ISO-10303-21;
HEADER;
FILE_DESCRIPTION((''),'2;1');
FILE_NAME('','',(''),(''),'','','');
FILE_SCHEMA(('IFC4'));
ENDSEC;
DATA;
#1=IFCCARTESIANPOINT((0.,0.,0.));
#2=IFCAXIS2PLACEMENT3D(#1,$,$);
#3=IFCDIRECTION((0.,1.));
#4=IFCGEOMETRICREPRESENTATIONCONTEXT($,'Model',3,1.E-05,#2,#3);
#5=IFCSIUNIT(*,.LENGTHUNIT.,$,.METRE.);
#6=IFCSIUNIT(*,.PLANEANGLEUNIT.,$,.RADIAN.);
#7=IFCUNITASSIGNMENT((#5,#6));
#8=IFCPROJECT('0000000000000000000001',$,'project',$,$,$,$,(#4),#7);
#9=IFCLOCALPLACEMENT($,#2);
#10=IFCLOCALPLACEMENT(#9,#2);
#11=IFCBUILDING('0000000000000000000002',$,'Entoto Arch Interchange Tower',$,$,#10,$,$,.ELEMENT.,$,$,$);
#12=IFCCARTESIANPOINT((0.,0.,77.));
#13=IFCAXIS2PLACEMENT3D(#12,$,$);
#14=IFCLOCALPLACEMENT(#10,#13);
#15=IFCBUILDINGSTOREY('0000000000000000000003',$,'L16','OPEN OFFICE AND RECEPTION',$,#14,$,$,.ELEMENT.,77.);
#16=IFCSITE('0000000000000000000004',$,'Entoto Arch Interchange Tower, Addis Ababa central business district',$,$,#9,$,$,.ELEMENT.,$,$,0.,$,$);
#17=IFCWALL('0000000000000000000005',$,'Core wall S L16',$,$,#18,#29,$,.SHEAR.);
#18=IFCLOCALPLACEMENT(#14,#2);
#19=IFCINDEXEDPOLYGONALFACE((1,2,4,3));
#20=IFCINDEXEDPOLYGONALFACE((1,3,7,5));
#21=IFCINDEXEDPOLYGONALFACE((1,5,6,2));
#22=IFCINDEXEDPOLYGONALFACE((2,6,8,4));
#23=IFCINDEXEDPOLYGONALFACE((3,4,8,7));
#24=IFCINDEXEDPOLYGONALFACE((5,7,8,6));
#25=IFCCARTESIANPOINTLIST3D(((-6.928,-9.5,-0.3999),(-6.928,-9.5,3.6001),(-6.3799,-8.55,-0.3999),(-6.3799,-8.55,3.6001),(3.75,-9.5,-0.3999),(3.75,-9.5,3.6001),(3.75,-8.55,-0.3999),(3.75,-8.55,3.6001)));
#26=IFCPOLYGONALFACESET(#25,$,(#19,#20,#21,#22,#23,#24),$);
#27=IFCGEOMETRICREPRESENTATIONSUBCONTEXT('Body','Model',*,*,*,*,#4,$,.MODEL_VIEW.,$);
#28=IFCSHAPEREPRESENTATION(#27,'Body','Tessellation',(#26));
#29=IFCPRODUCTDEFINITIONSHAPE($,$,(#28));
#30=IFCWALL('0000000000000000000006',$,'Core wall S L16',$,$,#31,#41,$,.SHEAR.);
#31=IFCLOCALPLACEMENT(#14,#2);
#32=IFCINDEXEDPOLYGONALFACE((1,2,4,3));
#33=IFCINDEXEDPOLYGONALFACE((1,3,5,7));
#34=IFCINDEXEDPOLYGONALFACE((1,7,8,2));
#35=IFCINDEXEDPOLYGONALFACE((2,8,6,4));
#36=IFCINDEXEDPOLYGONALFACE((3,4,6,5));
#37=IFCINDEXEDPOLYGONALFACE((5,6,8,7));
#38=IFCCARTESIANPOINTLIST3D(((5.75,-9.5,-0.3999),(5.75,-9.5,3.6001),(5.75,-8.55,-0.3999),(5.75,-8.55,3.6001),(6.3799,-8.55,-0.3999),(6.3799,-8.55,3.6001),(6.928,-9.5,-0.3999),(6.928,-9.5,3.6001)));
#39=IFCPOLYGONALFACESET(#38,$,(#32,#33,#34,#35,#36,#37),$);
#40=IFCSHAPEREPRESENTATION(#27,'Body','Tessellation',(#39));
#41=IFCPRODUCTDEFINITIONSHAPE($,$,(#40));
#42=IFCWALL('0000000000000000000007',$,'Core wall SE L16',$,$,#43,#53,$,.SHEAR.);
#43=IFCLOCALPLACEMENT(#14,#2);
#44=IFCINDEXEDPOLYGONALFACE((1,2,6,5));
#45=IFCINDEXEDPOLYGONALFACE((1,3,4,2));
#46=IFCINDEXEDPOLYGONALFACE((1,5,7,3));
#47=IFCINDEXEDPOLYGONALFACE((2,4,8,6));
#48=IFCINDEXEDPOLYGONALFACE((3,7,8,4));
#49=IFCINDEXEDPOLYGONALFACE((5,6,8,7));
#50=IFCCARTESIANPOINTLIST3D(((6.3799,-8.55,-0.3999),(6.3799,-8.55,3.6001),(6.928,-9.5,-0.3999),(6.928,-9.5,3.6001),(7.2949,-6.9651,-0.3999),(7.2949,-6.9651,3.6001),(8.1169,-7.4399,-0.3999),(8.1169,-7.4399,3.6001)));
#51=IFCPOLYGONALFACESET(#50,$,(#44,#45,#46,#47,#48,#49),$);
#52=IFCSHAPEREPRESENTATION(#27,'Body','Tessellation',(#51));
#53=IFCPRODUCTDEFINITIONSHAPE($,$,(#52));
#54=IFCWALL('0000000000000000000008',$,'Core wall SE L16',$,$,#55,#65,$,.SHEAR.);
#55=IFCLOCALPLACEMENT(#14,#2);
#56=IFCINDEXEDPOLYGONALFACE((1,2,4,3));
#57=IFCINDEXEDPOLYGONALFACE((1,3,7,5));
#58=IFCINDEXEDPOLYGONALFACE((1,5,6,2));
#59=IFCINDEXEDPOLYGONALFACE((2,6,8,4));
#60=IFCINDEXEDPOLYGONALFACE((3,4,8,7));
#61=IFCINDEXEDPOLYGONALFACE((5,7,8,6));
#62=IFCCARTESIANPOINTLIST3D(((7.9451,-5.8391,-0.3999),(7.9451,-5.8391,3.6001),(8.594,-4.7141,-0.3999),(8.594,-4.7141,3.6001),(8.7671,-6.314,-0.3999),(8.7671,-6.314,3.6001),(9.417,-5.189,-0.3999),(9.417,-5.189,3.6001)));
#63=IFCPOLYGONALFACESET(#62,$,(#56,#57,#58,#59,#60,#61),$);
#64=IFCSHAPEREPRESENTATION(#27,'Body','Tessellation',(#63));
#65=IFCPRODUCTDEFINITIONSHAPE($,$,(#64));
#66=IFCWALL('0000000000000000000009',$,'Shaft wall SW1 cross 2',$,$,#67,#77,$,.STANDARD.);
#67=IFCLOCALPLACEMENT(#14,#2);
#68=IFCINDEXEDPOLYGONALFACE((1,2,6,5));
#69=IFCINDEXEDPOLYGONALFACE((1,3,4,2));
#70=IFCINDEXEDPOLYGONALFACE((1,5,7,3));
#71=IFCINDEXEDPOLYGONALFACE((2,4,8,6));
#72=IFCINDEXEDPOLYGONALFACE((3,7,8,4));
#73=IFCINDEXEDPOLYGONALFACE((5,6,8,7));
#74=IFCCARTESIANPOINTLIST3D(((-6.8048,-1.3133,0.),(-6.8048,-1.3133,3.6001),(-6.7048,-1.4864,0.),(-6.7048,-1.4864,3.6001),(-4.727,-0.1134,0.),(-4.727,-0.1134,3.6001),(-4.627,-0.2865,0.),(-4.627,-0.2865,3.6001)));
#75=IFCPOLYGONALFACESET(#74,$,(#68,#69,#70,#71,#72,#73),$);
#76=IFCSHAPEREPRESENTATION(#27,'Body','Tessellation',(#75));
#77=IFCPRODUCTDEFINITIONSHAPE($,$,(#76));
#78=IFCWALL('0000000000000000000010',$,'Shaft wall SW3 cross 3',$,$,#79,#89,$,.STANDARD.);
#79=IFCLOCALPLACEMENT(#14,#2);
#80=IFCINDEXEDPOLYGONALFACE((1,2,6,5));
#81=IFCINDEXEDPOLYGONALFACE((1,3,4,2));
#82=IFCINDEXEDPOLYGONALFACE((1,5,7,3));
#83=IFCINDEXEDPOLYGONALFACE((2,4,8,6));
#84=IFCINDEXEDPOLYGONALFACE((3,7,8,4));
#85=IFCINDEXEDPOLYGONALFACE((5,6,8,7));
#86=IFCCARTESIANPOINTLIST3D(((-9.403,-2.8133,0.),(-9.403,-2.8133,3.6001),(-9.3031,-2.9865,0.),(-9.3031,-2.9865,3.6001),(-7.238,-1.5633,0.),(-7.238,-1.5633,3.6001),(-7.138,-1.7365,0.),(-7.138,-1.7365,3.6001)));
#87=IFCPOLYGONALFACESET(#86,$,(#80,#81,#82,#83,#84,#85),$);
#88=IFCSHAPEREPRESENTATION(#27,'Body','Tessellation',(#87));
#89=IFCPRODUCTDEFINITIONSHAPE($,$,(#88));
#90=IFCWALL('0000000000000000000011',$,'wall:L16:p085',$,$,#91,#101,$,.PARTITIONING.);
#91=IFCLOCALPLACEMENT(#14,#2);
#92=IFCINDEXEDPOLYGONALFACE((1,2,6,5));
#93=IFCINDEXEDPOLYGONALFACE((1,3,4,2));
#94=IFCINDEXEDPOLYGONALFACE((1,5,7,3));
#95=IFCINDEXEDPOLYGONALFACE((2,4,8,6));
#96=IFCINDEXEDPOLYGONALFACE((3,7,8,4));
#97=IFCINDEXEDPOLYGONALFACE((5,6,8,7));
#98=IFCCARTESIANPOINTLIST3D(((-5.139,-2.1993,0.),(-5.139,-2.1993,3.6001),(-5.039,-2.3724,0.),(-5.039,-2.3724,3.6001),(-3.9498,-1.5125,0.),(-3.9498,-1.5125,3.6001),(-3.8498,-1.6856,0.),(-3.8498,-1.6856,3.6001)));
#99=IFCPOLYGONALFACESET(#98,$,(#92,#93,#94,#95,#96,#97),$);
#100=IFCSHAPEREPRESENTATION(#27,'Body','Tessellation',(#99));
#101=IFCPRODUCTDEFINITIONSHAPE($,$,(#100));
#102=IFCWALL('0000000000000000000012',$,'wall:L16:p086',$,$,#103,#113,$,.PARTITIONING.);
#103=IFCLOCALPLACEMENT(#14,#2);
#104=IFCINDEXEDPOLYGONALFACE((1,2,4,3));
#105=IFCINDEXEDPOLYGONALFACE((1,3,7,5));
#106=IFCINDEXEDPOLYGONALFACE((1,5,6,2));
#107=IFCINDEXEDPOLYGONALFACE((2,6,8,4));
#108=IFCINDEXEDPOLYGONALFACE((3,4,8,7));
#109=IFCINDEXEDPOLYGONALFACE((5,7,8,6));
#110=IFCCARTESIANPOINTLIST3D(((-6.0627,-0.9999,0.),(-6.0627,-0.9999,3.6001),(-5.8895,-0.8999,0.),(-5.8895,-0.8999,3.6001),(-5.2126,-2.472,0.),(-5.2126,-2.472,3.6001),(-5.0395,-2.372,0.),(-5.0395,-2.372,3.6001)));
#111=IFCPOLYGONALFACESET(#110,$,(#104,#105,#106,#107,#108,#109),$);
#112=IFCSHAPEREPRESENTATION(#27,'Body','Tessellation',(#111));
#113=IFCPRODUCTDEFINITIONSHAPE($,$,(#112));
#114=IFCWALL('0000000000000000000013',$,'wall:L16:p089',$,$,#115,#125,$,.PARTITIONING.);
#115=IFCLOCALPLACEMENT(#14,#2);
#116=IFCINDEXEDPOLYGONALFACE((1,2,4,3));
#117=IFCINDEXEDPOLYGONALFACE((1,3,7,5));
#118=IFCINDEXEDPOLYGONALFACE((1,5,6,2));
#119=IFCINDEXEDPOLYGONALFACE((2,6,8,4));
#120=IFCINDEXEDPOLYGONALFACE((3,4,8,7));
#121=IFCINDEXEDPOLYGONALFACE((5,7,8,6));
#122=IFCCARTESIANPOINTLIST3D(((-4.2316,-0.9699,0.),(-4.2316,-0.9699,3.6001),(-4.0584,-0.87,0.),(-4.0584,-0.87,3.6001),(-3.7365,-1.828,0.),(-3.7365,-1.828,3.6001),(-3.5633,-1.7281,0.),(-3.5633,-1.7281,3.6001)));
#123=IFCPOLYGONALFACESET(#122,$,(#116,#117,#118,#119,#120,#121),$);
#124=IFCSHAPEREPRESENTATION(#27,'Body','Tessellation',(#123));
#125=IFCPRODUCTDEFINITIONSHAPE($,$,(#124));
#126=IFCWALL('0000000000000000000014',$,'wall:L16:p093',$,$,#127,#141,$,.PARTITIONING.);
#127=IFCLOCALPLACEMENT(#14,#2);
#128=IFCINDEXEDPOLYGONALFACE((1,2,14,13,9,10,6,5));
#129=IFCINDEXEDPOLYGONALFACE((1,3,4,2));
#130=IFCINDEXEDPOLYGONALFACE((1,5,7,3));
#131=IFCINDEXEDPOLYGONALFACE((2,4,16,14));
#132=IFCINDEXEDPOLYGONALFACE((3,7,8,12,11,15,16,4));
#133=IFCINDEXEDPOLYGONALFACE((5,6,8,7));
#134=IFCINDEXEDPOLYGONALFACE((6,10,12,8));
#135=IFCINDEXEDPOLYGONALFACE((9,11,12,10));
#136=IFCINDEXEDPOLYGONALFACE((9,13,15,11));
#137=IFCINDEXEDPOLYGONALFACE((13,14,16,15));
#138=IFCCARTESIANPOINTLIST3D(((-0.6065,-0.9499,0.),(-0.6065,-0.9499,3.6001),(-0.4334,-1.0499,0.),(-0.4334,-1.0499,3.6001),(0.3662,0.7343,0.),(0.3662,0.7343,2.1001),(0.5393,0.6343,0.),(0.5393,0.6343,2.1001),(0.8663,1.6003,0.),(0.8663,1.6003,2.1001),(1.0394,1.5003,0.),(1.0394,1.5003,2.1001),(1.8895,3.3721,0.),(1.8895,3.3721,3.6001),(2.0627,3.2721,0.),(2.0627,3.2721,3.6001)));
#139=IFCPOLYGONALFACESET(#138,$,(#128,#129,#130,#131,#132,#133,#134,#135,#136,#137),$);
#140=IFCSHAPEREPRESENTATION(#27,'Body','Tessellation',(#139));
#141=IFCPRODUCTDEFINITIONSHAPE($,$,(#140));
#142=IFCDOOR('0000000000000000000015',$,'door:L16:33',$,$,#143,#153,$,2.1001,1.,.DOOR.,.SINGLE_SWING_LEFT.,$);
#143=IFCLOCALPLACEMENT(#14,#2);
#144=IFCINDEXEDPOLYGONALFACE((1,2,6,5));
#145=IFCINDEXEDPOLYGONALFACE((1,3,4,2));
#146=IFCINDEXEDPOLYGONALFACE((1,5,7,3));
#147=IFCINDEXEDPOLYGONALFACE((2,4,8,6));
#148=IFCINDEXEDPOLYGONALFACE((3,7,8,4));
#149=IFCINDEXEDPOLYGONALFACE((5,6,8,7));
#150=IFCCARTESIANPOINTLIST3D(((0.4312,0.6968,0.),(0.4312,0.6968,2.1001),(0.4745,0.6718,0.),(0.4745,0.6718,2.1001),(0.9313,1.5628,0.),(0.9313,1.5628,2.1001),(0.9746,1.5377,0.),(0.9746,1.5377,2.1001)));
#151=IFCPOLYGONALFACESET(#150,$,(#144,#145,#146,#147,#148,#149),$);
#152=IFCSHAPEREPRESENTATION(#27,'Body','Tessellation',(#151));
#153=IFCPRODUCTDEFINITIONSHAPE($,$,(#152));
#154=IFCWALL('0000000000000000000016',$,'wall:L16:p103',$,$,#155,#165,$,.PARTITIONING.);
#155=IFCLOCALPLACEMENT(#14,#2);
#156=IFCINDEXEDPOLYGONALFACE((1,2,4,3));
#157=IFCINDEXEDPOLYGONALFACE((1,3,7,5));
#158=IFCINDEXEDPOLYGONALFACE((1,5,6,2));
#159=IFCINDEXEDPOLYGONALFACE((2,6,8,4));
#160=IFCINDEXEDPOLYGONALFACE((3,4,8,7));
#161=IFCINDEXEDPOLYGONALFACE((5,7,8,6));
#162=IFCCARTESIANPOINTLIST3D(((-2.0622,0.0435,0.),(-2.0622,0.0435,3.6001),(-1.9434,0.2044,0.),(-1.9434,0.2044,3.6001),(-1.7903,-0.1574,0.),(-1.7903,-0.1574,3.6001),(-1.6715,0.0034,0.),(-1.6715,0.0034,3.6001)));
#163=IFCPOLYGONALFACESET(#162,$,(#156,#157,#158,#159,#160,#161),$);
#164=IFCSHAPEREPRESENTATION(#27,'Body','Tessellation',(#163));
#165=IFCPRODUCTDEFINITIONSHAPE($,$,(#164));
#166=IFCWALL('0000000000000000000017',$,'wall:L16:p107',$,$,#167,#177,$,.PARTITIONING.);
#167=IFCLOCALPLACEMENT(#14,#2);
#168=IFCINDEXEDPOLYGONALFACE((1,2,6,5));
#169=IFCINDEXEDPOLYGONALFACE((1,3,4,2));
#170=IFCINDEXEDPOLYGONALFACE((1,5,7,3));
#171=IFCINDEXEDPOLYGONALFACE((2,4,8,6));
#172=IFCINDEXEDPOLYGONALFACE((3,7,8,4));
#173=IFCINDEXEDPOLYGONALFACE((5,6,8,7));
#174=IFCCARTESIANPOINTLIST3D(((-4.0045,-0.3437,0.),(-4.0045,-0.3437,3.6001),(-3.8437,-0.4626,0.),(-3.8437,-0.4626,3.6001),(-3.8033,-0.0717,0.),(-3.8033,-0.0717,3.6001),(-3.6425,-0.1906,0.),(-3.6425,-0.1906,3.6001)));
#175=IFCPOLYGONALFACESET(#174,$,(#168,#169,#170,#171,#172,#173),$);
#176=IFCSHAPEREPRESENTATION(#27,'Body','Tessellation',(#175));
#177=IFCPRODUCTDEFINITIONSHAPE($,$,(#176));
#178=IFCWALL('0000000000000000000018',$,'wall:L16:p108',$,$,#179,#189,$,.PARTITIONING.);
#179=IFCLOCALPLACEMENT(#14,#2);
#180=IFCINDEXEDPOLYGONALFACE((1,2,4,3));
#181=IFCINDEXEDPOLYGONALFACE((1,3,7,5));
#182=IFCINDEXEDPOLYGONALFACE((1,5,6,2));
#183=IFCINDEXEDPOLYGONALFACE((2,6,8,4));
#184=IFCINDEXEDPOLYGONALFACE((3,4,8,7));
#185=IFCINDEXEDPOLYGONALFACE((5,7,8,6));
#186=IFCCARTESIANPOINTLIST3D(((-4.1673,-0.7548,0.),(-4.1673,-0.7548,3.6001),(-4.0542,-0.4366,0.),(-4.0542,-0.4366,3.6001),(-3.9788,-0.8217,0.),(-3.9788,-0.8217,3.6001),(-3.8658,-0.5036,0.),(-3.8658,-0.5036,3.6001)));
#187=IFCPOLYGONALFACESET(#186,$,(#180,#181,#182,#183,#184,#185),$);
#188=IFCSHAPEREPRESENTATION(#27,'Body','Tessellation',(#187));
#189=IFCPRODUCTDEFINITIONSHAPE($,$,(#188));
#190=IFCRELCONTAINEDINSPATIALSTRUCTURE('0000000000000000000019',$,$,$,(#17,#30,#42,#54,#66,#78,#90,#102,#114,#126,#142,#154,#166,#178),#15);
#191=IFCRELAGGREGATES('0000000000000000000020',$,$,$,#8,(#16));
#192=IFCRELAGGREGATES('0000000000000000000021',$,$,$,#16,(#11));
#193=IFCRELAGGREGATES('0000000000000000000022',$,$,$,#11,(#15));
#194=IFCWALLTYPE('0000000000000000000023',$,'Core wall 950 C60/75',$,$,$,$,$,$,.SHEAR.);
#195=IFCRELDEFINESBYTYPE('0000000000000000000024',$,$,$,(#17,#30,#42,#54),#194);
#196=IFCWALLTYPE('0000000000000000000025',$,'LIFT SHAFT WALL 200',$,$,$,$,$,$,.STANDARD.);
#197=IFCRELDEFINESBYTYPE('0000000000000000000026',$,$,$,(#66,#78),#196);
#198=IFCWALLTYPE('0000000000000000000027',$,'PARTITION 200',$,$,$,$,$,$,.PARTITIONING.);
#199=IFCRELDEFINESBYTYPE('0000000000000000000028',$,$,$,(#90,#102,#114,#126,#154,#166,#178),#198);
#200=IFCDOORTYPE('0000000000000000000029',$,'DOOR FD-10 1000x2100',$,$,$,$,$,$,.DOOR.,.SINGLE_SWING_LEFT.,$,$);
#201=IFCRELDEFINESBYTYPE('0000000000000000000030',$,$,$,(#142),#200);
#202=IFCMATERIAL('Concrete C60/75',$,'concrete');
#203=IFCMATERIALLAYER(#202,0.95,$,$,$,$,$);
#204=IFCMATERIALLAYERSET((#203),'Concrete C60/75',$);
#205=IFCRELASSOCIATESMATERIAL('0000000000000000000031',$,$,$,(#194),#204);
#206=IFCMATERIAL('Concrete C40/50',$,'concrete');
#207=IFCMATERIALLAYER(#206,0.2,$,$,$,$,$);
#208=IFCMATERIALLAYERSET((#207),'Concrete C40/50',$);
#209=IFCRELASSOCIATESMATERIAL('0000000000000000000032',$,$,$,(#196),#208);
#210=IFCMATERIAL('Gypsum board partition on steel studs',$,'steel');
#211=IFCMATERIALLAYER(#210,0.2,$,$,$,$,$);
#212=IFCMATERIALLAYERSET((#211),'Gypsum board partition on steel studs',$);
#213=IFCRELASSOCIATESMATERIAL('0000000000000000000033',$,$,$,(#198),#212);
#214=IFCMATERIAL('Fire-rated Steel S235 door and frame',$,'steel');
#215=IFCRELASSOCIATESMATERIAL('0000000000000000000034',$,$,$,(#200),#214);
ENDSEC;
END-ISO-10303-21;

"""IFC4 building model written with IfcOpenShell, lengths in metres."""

from ifc_helpers import new_model, si_unit, direction, frame, frame_2d, origin, place, context, subcontext, project, spatial, polyline, rectangle, outline, extrude, material, layer, layer_set, type_object, element, fill, save


model = new_model("IFC4")

# Units and contexts
model_context = context("Model", 3, precision=1e-05, world=origin(), true_north=direction((0.0, 1.0)))
body_context = subcontext(model_context, "Body", "Model", "MODEL_VIEW")
ifc_project = project(units=[si_unit("LENGTHUNIT", "METRE"), si_unit("PLANEANGLEUNIT", "RADIAN")], contexts=[model_context])

# Site, building, storey
site_placement = place(None, origin())
site = spatial("IfcSite", under=ifc_project, at=site_placement, Name="Entoto Arch Interchange Tower, Addis Ababa central business district", CompositionType="ELEMENT", RefElevation=0.0)
building_placement = place(site_placement, origin())
building = spatial("IfcBuilding", under=site, at=building_placement, Name="Entoto Arch Interchange Tower", CompositionType="ELEMENT")
storey_placement = place(building_placement, frame((0.0, 0.0, 77.0)))
storey = spatial("IfcBuildingStorey", under=building, at=storey_placement, Name="L16", Description="OPEN OFFICE AND RECEPTION", CompositionType="ELEMENT", Elevation=77.0)

# Shared definitions
ifc_material_1 = material(Name="Concrete C40/50", Category="concrete")

# Walls
ifc_material_2 = material(Name="Concrete C60/75", Category="concrete")
ifc_layer_1 = layer(ifc_material_2, 0.95)
ifc_layer_set_1 = layer_set([ifc_layer_1], Name="Concrete C60/75")
wall_type_1 = type_object("IfcWallType", Name="Core wall 950 C60/75", PredefinedType="SHEAR", material=ifc_layer_set_1)
wall_1_placement = place(storey_placement, frame((0.0, 0.0, -0.3999)))
element("IfcWall", 1, at=wall_1_placement, inside=storey, type_object=wall_type_1, Name="Core wall S L16", PredefinedType="SHEAR", context=body_context, shape_type="SweptSolid", body=[
    extrude(outline(polyline([(3.75, -9.5), (3.75, -8.55), (-6.3799, -8.55), (-6.928, -9.5), (3.75, -9.5)])), origin(), (0.0, 0.0, 1.0), 4.0),
])
wall_2_placement = place(storey_placement, frame((0.0, 0.0, -0.3999)))
element("IfcWall", 2, at=wall_2_placement, inside=storey, type_object=wall_type_1, Name="Core wall S L16", PredefinedType="SHEAR", context=body_context, shape_type="SweptSolid", body=[
    extrude(outline(polyline([(5.75, -8.55), (5.75, -9.5), (6.928, -9.5), (6.3799, -8.55), (5.75, -8.55)])), origin(), (0.0, 0.0, 1.0), 4.0),
])
wall_3_placement = place(storey_placement, frame((0.0, 0.0, -0.3999)))
element("IfcWall", 3, at=wall_3_placement, inside=storey, type_object=wall_type_1, Name="Core wall SE L16", PredefinedType="SHEAR", context=body_context, shape_type="SweptSolid", body=[
    extrude(outline(polyline([(8.1169, -7.4399), (7.2949, -6.9651), (6.3799, -8.55), (6.928, -9.5), (8.1169, -7.4399)])), origin(), (0.0, 0.0, 1.0), 4.0),
])
wall_4_placement = place(storey_placement, frame((0.0, 0.0, -0.3999)))
element("IfcWall", 4, at=wall_4_placement, inside=storey, type_object=wall_type_1, Name="Core wall SE L16", PredefinedType="SHEAR", context=body_context, shape_type="SweptSolid", body=[
    extrude(outline(polyline([(9.417, -5.189), (8.594, -4.7141), (7.9451, -5.8391), (8.7671, -6.314), (9.417, -5.189)])), origin(), (0.0, 0.0, 1.0), 4.0),
])
ifc_layer_2 = layer(ifc_material_1, 0.2)
ifc_layer_set_2 = layer_set([ifc_layer_2], Name="Concrete C40/50")
wall_type_2 = type_object("IfcWallType", Name="LIFT SHAFT WALL 200", PredefinedType="STANDARD", material=ifc_layer_set_2)
wall_5_placement = place(storey_placement, frame((-4.677, -0.2, 0.0), z_axis=(0.0, 0.0, 1.0), x_axis=(-0.865974, -0.500089, 0.0)))
element("IfcWall", 5, at=wall_5_placement, inside=storey, type_object=wall_type_2, Name="Shaft wall SW1 cross 2", PredefinedType="STANDARD", context=body_context, shape_type="SweptSolid", body=[
    extrude(rectangle(XDim=2.3994, YDim=0.2, at=frame_2d((1.1997, 0.0))), origin(), (0.0, 0.0, 1.0), 3.6001),
])
wall_6_placement = place(storey_placement, frame((-7.188, -1.6499, 0.0), z_axis=(0.0, 0.0, 1.0), x_axis=(-0.866023, -0.500004, 0.0)))
element("IfcWall", 6, at=wall_6_placement, inside=storey, type_object=wall_type_2, Name="Shaft wall SW3 cross 3", PredefinedType="STANDARD", context=body_context, shape_type="SweptSolid", body=[
    extrude(rectangle(XDim=2.5, YDim=0.2, at=frame_2d((1.25, 0.0))), origin(), (0.0, 0.0, 1.0), 3.6001),
])
ifc_material_3 = material(Name="Gypsum board partition on steel studs", Category="steel")
ifc_layer_3 = layer(ifc_material_3, 0.2)
ifc_layer_set_3 = layer_set([ifc_layer_3], Name="Gypsum board partition on steel studs")
wall_type_3 = type_object("IfcWallType", Name="PARTITION 200", PredefinedType="PARTITIONING", material=ifc_layer_set_3)
wall_7_placement = place(storey_placement, frame((-3.8999, -1.5991, 0.0), z_axis=(0.0, 0.0, 1.0), x_axis=(-0.865969, -0.500097, 0.0)))
element("IfcWall", 7, at=wall_7_placement, inside=storey, type_object=wall_type_3, Name="wall:L16:p085", PredefinedType="PARTITIONING", context=body_context, shape_type="SweptSolid", body=[
    extrude(rectangle(XDim=1.3733, YDim=0.2, at=frame_2d((0.6865, 0.0))), origin(), (0.0, 0.0, 1.0), 3.6001),
])
wall_8_placement = place(storey_placement, frame((-5.126, -2.4221, 0.0), z_axis=(0.0, 0.0, 1.0), x_axis=(-0.500062, 0.865989, 0.0)))
element("IfcWall", 8, at=wall_8_placement, inside=storey, type_object=wall_type_3, Name="wall:L16:p086", PredefinedType="PARTITIONING", context=body_context, shape_type="SweptSolid", body=[
    extrude(rectangle(XDim=1.7, YDim=0.2, at=frame_2d((0.8501, 0.0))), origin(), (0.0, 0.0, 1.0), 3.6001),
])
wall_9_placement = place(storey_placement, frame((-4.145, -0.9199, 0.0), z_axis=(0.0, 0.0, 1.0), x_axis=(0.499744, -0.866173, 0.0)))
element("IfcWall", 9, at=wall_9_placement, inside=storey, type_object=wall_type_3, Name="wall:L16:p089", PredefinedType="PARTITIONING", context=body_context, shape_type="SweptSolid", body=[
    extrude(rectangle(XDim=0.9907, YDim=0.2, at=frame_2d((0.4954, 0.0))), origin(), (0.0, 0.0, 1.0), 3.6001),
])

# Wall, opening, door
wall_10_placement = place(storey_placement, frame((-0.52, -1.0, 0.0), z_axis=(0.0, 0.0, 1.0), x_axis=(0.500116, 0.865958, 0.0)))
wall_10 = element("IfcWall", 10, at=wall_10_placement, inside=storey, type_object=wall_type_3, Name="wall:L16:p093", PredefinedType="PARTITIONING", context=body_context, shape_type="SweptSolid", body=[
    extrude(rectangle(XDim=4.991, YDim=0.2, at=frame_2d((2.4956, 0.0))), origin(), (0.0, 0.0, 1.0), 3.6001),
])
opening_1_placement = place(wall_10_placement, frame((1.9451, 0.0, 0.0)))
opening_1 = element("IfcOpeningElement", 11, at=opening_1_placement, cuts=wall_10, PredefinedType="OPENING", context=body_context, shape_type="SweptSolid", body=[
    extrude(rectangle(XDim=1.0, YDim=2.1001, at=frame_2d((0.5, 1.05))), frame((0.0, 0.1099, 0.0), z_axis=(0.0, -1.0, 0.0), x_axis=(1.0, 0.0, 0.0)), (0.0, 0.0, 1.0), 0.22),
])
ifc_material_4 = material(Name="Fire-rated Steel S235 door and frame", Category="steel")
door_type_1 = type_object("IfcDoorType", Name="DOOR FD-10 1000x2100", OperationType="SINGLE_SWING_LEFT", PredefinedType="DOOR", material=ifc_material_4)
door_1_placement = place(opening_1_placement, origin())
door_1 = element("IfcDoor", 12, at=door_1_placement, inside=storey, type_object=door_type_1, Name="door:L16:33", OperationType="SINGLE_SWING_LEFT", OverallHeight=2.1001, OverallWidth=1.0, PredefinedType="DOOR", context=body_context, shape_type="SweptSolid", body=[
    extrude(rectangle(XDim=1.0, YDim=2.1001, at=frame_2d((0.5, 1.05))), frame((0.0, 0.0249, 0.0), z_axis=(0.0, -1.0, 0.0), x_axis=(1.0, 0.0, 0.0)), (0.0, 0.0, 1.0), 0.05),
])
fill(opening_1, door_1)

# Walls
wall_11_placement = place(storey_placement, frame((-1.731, -0.0769, 0.0), z_axis=(0.0, 0.0, 1.0), x_axis=(-0.804311, 0.594208, 0.0)))
element("IfcWall", 13, at=wall_11_placement, inside=storey, type_object=wall_type_3, Name="wall:L16:p103", PredefinedType="PARTITIONING", context=body_context, shape_type="SweptSolid", body=[
    extrude(rectangle(XDim=0.3381, YDim=0.2, at=frame_2d((0.1689, 0.0))), origin(), (0.0, 0.0, 1.0), 3.6001),
])
wall_12_placement = place(storey_placement, frame((-3.7229, -0.1311, 0.0), z_axis=(0.0, 0.0, 1.0), x_axis=(-0.594675, -0.803966, 0.0)))
element("IfcWall", 14, at=wall_12_placement, inside=storey, type_object=wall_type_3, Name="wall:L16:p107", PredefinedType="PARTITIONING", context=body_context, shape_type="SweptSolid", body=[
    extrude(rectangle(XDim=0.3384, YDim=0.2, at=frame_2d((0.1692, 0.0))), origin(), (0.0, 0.0, 1.0), 3.6001),
])
wall_13_placement = place(storey_placement, frame((-3.96, -0.47, 0.0), z_axis=(0.0, 0.0, 1.0), x_axis=(-0.334824, -0.942281, 0.0)))
element("IfcWall", 15, at=wall_13_placement, inside=storey, type_object=wall_type_3, Name="wall:L16:p108", PredefinedType="PARTITIONING", context=body_context, shape_type="SweptSolid", body=[
    extrude(rectangle(XDim=0.3376, YDim=0.2, at=frame_2d((0.1689, 0.0))), origin(), (0.0, 0.0, 1.0), 3.6001),
])

save(model, "model.ifc")
